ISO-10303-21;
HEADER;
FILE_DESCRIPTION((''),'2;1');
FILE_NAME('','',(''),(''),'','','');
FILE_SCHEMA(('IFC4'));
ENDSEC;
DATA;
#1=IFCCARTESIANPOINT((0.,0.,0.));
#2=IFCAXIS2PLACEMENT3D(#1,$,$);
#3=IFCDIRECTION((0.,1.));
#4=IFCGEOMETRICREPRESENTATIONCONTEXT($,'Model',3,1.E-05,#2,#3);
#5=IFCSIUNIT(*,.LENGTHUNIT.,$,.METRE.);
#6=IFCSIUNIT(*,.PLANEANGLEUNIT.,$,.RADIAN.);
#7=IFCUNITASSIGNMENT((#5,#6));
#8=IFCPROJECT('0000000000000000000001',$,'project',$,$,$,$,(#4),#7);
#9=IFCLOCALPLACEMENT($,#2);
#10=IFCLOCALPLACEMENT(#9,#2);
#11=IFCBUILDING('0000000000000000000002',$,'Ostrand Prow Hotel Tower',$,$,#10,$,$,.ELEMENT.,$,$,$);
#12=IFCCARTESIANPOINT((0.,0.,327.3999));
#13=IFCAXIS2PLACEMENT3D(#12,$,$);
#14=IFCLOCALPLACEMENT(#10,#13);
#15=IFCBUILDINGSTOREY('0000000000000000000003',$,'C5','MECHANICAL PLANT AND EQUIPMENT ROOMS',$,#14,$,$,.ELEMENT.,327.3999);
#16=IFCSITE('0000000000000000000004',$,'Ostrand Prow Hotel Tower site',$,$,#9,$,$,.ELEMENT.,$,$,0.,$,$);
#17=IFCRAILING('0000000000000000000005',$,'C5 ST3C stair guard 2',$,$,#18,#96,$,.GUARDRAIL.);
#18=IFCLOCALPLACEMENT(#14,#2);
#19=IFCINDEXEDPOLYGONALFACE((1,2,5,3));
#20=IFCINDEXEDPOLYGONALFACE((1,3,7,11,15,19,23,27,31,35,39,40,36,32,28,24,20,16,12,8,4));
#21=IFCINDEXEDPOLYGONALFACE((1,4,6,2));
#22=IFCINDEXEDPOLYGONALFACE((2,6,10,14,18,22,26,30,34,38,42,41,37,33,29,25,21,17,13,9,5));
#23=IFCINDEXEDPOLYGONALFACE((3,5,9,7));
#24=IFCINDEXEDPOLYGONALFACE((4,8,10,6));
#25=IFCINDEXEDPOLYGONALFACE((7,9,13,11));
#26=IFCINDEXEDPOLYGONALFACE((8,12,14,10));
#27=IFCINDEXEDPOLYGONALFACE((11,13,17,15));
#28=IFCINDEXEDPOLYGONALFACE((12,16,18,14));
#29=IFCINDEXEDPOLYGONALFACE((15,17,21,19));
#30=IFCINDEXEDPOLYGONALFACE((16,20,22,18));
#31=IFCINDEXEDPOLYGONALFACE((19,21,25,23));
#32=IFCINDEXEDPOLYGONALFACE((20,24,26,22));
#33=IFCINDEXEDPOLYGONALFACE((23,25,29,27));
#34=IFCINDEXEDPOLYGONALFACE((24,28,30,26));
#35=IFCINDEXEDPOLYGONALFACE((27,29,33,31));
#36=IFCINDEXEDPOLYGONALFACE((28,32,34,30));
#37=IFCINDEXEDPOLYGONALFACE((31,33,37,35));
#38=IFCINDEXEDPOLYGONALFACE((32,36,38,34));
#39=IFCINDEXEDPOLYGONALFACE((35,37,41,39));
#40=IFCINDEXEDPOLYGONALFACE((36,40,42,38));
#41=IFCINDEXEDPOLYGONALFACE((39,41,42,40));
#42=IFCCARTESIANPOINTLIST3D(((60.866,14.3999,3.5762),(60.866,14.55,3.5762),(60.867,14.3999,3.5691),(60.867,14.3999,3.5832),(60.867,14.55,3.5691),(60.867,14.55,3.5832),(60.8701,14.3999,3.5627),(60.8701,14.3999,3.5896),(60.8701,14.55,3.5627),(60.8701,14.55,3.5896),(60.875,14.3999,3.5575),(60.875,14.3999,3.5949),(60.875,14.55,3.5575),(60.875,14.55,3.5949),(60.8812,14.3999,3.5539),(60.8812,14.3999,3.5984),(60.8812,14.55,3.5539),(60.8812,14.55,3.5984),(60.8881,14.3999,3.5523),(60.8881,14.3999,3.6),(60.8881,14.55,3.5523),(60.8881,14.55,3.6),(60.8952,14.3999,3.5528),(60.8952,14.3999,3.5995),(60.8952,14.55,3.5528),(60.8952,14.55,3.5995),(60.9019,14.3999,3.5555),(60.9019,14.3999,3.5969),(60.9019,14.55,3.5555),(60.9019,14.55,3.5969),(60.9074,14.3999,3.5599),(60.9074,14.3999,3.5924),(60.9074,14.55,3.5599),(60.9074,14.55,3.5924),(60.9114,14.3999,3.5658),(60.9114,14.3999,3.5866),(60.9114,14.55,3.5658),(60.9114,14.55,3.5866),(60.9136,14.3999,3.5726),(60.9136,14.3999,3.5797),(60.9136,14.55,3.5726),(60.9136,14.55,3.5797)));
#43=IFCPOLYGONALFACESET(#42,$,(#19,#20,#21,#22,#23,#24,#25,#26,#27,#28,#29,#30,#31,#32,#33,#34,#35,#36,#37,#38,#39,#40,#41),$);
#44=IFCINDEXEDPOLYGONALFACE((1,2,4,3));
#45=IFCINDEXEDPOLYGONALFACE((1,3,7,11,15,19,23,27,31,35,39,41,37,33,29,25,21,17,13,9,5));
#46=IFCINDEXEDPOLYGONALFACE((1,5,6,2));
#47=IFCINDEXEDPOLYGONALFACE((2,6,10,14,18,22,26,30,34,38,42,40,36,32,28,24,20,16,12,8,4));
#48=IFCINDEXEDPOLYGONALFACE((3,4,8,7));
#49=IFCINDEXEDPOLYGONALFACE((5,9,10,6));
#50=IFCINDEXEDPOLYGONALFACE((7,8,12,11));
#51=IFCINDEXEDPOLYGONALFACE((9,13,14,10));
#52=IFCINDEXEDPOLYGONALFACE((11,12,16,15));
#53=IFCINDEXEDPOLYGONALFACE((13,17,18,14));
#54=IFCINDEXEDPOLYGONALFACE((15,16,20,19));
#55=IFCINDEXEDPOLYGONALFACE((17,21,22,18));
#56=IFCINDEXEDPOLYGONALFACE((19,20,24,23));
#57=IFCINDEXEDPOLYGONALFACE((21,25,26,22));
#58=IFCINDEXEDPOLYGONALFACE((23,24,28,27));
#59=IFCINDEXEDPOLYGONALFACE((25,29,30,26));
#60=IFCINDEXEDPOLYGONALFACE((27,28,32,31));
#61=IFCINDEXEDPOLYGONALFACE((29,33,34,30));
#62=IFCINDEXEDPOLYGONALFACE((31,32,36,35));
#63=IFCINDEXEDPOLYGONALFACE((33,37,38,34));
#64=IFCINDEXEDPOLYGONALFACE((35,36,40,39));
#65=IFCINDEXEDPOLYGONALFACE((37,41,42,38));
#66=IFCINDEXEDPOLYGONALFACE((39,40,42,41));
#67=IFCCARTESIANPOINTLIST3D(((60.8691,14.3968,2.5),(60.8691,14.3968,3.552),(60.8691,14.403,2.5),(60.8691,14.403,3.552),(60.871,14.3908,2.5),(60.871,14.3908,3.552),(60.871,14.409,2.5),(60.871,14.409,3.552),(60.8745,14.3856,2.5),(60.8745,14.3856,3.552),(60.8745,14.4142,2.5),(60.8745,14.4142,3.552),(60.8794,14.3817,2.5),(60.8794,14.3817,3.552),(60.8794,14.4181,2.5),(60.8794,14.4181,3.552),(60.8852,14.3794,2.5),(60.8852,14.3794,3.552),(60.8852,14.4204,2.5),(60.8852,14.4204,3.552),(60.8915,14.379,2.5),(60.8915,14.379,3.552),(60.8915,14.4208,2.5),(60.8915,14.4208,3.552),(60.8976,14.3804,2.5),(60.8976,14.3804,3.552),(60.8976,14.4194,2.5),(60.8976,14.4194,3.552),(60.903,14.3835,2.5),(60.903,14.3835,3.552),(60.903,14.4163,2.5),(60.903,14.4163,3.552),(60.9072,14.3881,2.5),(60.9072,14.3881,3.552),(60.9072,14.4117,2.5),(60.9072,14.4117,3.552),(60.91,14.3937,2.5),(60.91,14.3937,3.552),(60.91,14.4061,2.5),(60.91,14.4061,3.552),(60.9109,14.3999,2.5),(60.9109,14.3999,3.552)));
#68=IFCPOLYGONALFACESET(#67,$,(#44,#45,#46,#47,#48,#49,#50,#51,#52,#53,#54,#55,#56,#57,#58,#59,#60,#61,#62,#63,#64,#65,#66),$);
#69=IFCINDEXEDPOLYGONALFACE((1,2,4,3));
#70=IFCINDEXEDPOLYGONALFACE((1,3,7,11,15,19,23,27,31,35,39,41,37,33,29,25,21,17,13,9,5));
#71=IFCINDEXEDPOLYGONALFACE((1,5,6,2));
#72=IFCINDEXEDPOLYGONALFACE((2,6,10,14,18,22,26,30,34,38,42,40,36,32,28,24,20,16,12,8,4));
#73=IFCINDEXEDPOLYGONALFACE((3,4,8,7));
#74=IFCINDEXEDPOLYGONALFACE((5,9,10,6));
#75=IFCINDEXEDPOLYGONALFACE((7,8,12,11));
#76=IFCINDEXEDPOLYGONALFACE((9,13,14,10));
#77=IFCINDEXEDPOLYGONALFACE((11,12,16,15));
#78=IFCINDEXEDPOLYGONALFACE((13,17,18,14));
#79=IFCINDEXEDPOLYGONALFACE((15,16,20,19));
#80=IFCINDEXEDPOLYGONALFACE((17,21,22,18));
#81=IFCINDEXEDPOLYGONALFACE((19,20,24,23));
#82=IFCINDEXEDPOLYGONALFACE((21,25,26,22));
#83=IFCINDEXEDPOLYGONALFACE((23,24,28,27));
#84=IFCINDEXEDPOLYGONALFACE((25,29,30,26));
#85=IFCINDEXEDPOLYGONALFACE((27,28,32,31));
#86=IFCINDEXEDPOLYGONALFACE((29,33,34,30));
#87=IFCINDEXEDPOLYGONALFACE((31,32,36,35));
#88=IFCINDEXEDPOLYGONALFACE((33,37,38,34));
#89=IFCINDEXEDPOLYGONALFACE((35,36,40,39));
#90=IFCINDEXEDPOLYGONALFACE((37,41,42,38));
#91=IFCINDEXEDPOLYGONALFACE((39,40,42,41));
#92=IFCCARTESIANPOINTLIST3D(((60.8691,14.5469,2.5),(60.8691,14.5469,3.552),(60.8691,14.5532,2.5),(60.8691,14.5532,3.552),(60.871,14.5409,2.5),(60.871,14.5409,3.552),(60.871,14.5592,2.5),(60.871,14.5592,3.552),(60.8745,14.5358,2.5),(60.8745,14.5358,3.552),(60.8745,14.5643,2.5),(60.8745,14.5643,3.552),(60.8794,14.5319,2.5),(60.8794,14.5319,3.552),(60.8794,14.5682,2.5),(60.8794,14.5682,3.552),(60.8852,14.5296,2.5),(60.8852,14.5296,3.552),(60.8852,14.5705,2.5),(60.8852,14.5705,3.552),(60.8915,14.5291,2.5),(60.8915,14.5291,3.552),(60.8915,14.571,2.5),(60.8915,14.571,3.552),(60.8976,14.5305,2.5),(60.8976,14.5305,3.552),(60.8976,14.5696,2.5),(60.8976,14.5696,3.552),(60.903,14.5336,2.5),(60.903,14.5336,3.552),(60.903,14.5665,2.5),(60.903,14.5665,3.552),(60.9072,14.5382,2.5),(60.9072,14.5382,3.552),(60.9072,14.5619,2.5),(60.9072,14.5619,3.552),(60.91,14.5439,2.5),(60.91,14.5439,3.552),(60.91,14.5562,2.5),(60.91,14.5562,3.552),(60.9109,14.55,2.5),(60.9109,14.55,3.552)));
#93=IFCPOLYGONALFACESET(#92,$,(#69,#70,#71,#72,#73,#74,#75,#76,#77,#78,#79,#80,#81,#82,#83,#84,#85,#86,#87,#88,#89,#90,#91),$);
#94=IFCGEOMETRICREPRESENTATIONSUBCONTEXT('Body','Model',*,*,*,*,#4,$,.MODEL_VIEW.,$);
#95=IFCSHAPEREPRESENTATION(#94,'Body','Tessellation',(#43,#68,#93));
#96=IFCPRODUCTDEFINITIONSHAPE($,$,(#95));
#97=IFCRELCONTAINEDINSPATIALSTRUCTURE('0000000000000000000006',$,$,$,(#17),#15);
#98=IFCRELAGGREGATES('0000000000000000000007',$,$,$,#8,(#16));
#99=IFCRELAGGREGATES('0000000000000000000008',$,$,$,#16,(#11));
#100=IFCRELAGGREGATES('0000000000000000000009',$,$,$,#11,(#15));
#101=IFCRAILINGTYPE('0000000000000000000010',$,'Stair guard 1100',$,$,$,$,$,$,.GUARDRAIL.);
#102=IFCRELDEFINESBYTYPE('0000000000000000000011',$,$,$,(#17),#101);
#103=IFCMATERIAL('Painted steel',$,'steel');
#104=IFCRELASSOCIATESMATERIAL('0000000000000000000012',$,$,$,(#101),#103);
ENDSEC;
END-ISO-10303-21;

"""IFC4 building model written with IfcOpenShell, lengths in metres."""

from ifc_helpers import new_model, si_unit, direction, frame, origin, origin_2d, place, context, subcontext, project, spatial, circle, extrude, material, type_object, element, save


model = new_model("IFC4")

# Units and contexts
model_context = context("Model", 3, precision=1e-05, world=origin(), true_north=direction((0.0, 1.0)))
body_context = subcontext(model_context, "Body", "Model", "MODEL_VIEW")
ifc_project = project(units=[si_unit("LENGTHUNIT", "METRE"), si_unit("PLANEANGLEUNIT", "RADIAN")], contexts=[model_context])

# Site, building, storey
site_placement = place(None, origin())
site = spatial("IfcSite", under=ifc_project, at=site_placement, Name="Ostrand Prow Hotel Tower site", CompositionType="ELEMENT", RefElevation=0.0)
building_placement = place(site_placement, origin())
building = spatial("IfcBuilding", under=site, at=building_placement, Name="Ostrand Prow Hotel Tower", CompositionType="ELEMENT")
storey_placement = place(building_placement, frame((0.0, 0.0, 327.3999)))
storey = spatial("IfcBuildingStorey", under=building, at=storey_placement, Name="C5", Description="MECHANICAL PLANT AND EQUIPMENT ROOMS", CompositionType="ELEMENT", Elevation=327.3999)

# Railing
ifc_material_1 = material(Name="Painted steel", Category="steel")
railing_type_1 = type_object("IfcRailingType", Name="Stair guard 1100", PredefinedType="GUARDRAIL", material=ifc_material_1)
railing_1_placement = place(storey_placement, frame((60.8899, 14.3999, 2.5)))
element("IfcRailing", 1, at=railing_1_placement, inside=storey, type_object=railing_type_1, Name="C5 ST3C stair guard 2", PredefinedType="GUARDRAIL", context=body_context, shape_type="SweptSolid", body=[
    extrude(circle(Radius=0.0239, at=origin_2d()), frame((0.0, 0.0, 1.0762), z_axis=(0.0, 1.0, 0.0), x_axis=(-1.0, 0.0, 0.0)), (0.0, 0.0, 1.0), 0.1501),
    extrude(circle(Radius=0.021, at=origin_2d()), origin(), (0.0, 0.0, 1.0), 1.052),
    extrude(circle(Radius=0.021, at=origin_2d()), frame((0.0, 0.1501, 0.0)), (0.0, 0.0, 1.0), 1.052),
])

save(model, "model.ifc")
